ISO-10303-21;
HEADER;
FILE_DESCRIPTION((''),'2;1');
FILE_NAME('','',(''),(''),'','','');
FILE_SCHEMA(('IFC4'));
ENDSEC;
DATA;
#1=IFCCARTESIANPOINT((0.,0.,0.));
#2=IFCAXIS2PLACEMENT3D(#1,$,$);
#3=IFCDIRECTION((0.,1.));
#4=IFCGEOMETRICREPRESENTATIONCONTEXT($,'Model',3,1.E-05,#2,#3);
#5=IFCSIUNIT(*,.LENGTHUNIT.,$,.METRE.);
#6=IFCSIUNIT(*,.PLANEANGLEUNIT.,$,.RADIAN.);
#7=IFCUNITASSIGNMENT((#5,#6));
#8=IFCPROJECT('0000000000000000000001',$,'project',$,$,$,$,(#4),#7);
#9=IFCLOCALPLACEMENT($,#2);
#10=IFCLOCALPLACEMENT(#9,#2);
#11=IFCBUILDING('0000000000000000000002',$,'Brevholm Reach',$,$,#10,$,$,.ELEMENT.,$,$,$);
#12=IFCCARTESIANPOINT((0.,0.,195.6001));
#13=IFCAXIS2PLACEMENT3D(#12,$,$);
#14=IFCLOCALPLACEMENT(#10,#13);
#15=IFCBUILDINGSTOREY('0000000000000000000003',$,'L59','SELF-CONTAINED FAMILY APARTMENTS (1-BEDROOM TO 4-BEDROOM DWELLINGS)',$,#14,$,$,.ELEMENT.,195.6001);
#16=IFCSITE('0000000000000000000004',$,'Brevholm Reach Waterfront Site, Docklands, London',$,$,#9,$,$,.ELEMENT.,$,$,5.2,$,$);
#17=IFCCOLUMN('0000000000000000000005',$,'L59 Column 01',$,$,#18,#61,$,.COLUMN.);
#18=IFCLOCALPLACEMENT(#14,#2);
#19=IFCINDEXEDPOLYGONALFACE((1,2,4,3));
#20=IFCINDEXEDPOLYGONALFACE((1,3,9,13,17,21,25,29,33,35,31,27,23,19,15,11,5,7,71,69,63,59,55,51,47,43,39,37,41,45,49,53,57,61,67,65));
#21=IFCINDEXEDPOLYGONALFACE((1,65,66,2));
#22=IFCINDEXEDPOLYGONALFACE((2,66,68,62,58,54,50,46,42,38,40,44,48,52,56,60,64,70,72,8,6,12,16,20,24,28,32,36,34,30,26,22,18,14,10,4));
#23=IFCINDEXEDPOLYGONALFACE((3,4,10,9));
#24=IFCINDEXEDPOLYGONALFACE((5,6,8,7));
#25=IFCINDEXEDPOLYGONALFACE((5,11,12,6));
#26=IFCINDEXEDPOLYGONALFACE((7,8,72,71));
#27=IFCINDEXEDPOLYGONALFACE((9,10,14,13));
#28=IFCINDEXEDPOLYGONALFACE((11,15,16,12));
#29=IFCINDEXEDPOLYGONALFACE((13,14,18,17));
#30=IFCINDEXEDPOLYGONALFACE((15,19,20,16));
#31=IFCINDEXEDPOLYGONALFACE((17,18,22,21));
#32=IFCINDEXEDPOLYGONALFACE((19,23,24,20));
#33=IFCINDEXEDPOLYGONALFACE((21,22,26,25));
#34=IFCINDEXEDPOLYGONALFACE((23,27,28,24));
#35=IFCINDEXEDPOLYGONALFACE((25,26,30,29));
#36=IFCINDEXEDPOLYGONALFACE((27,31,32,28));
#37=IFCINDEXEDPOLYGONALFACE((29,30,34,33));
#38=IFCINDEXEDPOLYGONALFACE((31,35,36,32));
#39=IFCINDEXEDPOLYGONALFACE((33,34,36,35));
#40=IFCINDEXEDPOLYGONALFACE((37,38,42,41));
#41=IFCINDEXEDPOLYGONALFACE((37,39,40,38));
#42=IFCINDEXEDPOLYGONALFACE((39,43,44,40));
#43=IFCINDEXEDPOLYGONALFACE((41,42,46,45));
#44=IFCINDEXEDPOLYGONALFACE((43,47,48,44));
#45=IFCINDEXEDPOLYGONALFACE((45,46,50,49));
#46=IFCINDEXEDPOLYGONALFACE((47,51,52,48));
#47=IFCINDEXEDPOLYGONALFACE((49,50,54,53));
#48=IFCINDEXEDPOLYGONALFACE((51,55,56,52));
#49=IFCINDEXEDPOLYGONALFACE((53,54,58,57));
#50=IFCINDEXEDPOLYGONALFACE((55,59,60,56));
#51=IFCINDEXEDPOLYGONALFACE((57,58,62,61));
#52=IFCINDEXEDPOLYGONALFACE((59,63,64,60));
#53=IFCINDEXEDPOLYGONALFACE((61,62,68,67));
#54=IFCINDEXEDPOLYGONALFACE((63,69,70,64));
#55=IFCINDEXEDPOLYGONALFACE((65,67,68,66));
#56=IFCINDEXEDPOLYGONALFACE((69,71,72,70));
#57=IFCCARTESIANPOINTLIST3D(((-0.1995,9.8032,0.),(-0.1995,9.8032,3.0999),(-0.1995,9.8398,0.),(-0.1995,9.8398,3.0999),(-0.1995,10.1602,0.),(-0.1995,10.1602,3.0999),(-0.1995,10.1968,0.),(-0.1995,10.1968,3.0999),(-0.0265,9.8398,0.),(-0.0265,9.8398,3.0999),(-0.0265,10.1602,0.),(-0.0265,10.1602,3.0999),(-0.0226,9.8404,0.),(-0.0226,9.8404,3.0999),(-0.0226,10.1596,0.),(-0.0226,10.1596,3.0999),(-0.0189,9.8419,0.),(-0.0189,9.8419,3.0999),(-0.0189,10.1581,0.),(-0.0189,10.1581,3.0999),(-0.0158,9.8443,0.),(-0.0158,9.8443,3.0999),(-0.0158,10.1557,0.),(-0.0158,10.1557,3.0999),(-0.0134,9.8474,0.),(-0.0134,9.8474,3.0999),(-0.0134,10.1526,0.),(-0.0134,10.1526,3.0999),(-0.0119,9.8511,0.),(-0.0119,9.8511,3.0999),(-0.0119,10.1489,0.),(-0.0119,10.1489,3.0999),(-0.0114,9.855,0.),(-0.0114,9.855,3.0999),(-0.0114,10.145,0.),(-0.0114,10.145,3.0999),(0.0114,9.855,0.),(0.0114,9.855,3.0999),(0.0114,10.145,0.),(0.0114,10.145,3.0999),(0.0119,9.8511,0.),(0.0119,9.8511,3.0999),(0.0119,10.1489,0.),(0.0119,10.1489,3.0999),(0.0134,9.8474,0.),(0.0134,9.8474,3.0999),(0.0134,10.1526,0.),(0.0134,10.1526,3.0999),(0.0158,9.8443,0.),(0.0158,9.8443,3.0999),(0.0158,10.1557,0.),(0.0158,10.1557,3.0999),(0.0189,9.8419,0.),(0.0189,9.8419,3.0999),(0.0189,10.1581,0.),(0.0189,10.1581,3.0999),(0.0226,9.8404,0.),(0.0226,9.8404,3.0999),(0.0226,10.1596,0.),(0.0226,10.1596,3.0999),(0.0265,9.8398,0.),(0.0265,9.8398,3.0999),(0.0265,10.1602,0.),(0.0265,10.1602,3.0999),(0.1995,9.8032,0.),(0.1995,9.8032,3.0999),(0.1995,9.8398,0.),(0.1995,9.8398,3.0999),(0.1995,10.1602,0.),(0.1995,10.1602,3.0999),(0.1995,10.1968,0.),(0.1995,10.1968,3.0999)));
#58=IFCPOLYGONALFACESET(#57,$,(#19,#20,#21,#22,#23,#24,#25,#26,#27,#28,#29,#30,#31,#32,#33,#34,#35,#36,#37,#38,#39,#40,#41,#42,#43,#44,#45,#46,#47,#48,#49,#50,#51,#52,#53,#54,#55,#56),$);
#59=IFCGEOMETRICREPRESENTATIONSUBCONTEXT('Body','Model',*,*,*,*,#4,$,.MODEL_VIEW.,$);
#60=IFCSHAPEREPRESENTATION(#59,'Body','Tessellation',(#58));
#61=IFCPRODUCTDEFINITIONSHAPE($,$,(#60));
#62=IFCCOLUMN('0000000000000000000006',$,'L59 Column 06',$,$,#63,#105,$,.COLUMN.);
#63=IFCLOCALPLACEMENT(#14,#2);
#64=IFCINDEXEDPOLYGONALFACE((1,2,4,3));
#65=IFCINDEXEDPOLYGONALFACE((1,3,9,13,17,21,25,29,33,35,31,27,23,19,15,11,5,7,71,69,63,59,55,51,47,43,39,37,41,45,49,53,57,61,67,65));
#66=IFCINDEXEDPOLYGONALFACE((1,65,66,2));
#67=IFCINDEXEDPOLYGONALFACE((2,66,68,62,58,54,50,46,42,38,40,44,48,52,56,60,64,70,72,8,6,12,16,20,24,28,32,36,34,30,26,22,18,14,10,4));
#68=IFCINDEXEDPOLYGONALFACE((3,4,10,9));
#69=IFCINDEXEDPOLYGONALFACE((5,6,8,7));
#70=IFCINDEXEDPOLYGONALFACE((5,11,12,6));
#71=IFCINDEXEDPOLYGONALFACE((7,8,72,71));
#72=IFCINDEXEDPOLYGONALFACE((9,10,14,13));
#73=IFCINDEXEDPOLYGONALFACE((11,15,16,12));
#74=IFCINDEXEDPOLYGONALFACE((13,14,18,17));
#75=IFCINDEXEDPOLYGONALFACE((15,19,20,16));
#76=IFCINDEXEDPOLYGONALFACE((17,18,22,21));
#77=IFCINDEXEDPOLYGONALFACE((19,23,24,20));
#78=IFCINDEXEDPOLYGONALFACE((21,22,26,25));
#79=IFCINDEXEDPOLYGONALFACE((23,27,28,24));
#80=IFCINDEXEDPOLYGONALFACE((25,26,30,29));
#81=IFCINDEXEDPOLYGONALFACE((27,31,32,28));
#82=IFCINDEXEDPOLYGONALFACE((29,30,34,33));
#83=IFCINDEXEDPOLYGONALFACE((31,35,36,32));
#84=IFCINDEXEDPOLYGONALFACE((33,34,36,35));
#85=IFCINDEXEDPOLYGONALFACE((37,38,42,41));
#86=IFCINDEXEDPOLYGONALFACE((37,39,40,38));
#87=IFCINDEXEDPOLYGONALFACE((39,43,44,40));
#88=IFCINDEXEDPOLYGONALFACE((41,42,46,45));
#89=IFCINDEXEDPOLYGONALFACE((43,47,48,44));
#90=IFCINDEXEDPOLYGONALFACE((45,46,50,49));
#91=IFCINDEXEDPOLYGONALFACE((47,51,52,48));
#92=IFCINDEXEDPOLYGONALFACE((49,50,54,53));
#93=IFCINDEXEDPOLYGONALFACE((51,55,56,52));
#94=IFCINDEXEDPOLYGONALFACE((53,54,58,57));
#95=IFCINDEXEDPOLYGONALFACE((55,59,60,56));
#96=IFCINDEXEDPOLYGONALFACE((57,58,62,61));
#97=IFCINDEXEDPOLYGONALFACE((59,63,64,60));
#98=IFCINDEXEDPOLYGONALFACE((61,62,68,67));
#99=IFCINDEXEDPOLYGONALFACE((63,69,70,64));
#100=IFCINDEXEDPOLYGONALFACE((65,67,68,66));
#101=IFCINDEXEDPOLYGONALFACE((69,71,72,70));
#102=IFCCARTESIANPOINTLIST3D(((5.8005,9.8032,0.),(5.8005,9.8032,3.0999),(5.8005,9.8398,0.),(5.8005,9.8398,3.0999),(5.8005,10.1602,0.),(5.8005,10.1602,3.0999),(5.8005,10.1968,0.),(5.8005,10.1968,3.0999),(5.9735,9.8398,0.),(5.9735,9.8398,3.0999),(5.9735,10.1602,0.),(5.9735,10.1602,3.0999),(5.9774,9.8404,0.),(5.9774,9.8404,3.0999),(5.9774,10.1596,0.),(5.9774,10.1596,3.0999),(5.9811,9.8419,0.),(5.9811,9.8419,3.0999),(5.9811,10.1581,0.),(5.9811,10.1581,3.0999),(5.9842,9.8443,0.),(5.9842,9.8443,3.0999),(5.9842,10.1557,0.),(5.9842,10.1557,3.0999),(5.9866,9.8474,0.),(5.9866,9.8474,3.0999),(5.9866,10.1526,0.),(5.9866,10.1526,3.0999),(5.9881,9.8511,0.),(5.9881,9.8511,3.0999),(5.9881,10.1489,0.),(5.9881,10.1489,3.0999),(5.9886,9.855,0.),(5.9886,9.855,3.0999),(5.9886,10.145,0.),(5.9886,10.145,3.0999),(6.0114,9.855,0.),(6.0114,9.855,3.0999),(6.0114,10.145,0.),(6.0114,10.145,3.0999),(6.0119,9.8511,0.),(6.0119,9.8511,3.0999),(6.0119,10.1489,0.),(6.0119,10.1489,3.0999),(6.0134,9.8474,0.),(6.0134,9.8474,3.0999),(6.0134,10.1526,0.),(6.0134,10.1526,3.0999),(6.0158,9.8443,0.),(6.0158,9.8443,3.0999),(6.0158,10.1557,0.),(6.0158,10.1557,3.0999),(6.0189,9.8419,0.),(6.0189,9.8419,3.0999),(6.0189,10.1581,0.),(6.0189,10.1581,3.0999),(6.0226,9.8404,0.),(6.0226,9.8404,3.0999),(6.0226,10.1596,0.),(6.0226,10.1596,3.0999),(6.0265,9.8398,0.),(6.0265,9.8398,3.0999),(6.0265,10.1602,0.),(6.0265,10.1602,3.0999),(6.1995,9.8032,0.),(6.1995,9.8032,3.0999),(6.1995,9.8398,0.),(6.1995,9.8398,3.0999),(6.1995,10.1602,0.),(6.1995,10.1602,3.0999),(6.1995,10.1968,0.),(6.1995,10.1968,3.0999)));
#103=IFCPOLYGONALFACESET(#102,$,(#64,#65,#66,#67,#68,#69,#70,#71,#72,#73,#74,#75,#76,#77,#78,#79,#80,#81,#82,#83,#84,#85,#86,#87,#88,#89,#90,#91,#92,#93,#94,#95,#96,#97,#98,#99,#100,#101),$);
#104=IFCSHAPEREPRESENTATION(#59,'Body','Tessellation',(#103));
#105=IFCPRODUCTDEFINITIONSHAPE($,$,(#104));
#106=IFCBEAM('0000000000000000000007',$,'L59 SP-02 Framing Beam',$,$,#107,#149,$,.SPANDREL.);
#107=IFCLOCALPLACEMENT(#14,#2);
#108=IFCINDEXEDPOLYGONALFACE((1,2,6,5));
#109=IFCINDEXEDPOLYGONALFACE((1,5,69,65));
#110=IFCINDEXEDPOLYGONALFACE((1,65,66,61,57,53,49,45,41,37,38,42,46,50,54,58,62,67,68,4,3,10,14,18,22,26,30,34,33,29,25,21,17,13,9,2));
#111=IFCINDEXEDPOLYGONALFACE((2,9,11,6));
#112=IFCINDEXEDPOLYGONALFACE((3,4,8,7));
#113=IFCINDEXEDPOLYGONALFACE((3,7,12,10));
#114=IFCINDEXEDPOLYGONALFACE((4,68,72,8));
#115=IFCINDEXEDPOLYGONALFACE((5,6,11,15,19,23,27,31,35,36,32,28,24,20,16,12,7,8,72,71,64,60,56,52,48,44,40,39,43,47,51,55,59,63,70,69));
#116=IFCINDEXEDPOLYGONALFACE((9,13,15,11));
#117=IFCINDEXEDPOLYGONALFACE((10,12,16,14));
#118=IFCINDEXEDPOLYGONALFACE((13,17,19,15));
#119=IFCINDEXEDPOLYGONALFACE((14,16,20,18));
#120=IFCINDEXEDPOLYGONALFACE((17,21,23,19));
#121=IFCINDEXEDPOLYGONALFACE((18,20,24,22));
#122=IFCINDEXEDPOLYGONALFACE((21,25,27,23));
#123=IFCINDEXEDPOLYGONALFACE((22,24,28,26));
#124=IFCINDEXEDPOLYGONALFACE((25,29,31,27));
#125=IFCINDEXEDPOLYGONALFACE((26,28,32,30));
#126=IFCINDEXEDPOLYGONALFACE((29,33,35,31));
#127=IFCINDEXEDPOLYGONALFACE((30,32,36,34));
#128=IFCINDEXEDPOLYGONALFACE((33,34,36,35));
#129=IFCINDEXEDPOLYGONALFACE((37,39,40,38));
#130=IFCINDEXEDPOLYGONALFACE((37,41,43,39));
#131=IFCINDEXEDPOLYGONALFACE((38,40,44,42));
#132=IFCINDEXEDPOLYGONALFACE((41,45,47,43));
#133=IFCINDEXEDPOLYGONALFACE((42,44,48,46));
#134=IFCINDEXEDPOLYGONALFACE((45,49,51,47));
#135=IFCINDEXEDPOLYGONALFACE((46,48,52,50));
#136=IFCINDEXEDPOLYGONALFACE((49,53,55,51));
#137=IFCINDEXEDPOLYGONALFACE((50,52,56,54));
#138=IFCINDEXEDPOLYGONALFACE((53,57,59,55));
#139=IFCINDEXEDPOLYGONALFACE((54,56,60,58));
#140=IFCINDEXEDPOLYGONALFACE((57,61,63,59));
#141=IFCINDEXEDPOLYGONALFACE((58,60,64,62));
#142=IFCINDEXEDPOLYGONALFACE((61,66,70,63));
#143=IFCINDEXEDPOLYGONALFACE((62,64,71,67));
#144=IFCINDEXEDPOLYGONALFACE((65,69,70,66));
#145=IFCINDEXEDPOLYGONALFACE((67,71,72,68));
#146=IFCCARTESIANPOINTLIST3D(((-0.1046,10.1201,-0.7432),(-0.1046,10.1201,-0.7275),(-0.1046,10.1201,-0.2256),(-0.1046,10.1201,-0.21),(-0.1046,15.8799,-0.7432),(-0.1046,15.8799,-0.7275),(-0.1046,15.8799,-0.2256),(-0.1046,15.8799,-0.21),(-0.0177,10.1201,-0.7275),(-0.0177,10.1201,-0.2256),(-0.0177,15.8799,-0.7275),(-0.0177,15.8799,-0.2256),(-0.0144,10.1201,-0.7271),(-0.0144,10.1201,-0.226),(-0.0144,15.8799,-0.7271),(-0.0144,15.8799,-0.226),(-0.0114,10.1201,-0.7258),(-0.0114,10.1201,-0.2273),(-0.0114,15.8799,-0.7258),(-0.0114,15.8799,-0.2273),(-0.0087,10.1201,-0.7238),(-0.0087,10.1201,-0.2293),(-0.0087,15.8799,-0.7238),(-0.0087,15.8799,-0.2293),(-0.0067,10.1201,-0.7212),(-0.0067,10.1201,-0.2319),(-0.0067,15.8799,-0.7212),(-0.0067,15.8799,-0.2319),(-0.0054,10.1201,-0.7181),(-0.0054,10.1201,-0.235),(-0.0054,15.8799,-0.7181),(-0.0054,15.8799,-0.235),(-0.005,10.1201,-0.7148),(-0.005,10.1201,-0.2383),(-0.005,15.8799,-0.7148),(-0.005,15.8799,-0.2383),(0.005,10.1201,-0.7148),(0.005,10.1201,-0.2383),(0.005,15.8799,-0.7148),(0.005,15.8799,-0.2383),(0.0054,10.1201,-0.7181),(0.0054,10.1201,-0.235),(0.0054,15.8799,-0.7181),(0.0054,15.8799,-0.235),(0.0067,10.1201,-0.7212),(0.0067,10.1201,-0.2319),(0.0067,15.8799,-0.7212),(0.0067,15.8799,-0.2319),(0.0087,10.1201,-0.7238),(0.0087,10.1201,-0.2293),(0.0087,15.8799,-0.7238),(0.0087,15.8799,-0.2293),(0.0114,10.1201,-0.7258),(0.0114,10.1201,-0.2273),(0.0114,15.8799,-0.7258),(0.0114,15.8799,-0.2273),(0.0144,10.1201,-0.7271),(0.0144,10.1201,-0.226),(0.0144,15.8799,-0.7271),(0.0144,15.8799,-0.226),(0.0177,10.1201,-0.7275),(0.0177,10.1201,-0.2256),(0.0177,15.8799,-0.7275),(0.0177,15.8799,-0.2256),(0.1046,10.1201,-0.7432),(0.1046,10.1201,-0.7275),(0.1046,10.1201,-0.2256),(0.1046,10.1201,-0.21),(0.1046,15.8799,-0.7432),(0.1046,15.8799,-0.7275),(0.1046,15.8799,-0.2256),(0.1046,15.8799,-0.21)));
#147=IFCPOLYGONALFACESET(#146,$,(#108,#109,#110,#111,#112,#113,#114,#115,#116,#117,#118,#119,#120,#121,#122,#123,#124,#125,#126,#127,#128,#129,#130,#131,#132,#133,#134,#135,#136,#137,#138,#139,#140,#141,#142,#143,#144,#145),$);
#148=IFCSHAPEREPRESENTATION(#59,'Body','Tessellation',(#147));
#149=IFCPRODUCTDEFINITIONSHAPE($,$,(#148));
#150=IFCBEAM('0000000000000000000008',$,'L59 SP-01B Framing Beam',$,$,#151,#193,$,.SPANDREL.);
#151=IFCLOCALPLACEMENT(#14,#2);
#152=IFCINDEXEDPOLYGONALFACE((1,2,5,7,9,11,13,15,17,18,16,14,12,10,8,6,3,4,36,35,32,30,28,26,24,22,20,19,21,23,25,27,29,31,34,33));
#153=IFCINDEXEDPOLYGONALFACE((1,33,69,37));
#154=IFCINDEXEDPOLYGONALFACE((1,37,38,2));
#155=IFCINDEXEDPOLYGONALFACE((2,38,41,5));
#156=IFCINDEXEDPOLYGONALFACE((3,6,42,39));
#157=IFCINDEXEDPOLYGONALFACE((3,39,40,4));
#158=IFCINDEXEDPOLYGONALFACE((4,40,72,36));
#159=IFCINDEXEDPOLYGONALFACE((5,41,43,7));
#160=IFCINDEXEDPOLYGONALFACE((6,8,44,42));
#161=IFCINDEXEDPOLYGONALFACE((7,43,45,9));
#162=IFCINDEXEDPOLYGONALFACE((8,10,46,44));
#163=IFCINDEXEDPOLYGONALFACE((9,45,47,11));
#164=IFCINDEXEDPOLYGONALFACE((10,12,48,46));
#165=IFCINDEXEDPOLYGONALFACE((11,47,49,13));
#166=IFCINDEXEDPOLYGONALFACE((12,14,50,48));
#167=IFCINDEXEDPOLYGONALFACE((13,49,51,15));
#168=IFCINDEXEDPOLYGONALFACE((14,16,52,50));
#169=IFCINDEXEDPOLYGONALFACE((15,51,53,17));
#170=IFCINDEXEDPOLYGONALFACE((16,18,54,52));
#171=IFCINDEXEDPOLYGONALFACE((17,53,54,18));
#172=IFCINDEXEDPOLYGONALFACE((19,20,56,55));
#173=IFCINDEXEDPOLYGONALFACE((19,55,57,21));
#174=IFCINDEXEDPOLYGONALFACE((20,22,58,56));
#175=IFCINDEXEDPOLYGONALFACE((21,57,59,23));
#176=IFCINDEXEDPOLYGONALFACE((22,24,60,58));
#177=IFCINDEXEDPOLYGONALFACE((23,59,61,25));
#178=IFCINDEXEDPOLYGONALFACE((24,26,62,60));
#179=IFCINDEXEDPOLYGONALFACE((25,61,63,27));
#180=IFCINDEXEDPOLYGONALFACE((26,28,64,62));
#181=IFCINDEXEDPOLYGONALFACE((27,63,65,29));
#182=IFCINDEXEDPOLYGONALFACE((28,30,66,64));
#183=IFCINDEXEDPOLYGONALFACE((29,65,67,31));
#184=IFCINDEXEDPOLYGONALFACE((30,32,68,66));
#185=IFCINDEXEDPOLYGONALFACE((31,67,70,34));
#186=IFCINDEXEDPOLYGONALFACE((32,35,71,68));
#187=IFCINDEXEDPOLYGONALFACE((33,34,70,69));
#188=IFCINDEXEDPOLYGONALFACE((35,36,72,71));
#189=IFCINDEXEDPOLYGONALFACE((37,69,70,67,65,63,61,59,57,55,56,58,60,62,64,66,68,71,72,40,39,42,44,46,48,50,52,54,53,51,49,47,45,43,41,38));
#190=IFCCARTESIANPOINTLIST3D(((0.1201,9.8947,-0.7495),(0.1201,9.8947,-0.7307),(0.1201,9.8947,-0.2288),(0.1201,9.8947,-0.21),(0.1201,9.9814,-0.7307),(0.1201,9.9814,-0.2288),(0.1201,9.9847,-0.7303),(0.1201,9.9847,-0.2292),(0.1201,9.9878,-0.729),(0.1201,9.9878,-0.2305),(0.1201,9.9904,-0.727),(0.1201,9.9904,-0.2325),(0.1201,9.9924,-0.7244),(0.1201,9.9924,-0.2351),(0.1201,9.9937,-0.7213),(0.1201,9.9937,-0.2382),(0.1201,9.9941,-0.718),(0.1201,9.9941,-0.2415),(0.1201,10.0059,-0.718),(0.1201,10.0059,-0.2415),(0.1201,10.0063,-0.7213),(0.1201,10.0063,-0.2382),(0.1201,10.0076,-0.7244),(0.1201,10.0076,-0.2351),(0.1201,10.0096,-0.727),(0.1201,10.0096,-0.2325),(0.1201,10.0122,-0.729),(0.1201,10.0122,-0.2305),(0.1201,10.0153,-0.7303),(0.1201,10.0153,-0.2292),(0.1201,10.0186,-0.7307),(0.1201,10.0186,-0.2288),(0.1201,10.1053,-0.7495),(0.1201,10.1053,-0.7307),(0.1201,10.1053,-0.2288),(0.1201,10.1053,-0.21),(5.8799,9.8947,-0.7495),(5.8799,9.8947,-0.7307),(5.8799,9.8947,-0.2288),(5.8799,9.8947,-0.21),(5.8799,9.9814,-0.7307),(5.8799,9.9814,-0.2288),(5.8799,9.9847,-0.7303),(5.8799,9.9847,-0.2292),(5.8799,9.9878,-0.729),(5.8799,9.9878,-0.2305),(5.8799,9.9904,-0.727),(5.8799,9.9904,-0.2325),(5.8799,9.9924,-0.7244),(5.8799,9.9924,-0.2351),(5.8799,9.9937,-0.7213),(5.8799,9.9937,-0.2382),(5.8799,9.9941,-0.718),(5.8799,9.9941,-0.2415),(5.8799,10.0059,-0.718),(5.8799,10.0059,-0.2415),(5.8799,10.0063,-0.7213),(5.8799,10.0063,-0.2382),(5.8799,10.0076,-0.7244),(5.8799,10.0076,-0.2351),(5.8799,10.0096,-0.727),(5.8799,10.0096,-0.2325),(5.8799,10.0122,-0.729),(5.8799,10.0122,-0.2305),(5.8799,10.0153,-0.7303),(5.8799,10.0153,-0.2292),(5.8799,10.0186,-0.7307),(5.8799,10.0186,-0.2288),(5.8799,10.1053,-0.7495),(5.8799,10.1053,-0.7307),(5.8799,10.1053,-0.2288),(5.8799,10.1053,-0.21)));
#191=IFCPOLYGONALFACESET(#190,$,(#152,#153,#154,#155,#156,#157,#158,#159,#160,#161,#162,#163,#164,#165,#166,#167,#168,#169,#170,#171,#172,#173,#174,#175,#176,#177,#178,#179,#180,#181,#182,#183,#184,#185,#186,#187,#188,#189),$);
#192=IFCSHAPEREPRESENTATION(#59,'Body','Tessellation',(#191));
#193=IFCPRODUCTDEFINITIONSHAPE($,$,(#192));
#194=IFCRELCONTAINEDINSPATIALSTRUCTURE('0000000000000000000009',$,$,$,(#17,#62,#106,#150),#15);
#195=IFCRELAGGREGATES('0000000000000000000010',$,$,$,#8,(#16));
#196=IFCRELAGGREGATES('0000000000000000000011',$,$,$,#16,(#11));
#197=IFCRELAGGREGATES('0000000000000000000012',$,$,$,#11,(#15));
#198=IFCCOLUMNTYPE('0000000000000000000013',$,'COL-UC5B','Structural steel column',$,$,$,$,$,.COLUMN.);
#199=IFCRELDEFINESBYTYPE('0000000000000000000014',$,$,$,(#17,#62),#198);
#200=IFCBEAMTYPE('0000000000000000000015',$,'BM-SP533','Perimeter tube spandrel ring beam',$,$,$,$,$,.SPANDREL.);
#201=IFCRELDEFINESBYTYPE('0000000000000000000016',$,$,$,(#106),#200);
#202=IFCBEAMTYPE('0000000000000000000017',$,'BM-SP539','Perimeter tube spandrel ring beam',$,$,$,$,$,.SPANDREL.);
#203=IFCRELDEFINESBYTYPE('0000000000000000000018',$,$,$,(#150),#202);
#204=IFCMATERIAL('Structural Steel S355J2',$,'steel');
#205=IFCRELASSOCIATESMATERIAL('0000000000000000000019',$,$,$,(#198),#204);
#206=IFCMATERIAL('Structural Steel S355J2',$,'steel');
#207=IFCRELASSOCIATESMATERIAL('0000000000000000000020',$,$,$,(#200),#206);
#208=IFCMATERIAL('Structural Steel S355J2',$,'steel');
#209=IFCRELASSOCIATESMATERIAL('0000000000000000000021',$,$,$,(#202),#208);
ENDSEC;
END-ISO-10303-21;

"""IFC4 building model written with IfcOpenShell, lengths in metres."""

from ifc_helpers import new_model, si_unit, direction, frame, origin, origin_2d, place, context, subcontext, project, spatial, i_section, extrude, material, material_profile, profile_set, type_object, element, save


model = new_model("IFC4")

# Units and contexts
model_context = context("Model", 3, precision=1e-05, world=origin(), true_north=direction((0.0, 1.0)))
body_context = subcontext(model_context, "Body", "Model", "MODEL_VIEW")
ifc_project = project(units=[si_unit("LENGTHUNIT", "METRE"), si_unit("PLANEANGLEUNIT", "RADIAN")], contexts=[model_context])

# Site, building, storey
site_placement = place(None, origin())
site = spatial("IfcSite", under=ifc_project, at=site_placement, Name="Brevholm Reach Waterfront Site, Docklands, London", CompositionType="ELEMENT", RefElevation=5.2)
building_placement = place(site_placement, origin())
building = spatial("IfcBuilding", under=site, at=building_placement, Name="Brevholm Reach", CompositionType="ELEMENT")
storey_placement = place(building_placement, frame((0.0, 0.0, 195.6001)))
storey = spatial("IfcBuildingStorey", under=building, at=storey_placement, Name="L59", Description="SELF-CONTAINED FAMILY APARTMENTS (1-BEDROOM TO 4-BEDROOM DWELLINGS)", CompositionType="ELEMENT", Elevation=195.6001)

# Columns
ifc_material_1 = material(Name="Structural Steel S355J2", Category="steel")
ifc_material_profile_1 = material_profile(ifc_material_1, i_section(OverallWidth=0.3989, OverallDepth=0.3936, WebThickness=0.0227, FlangeThickness=0.0366, FilletRadius=0.0151, at=origin_2d()), Name="UKC 356x406x287")
ifc_profile_set_1 = profile_set([ifc_material_profile_1], Name="Structural Steel S355J2")
column_type = type_object("IfcColumnType", Name="COL-UC5B", Description="Structural steel column", PredefinedType="COLUMN", material=ifc_profile_set_1)
for number, where, z_axis, x_axis, name in (
    (1, (0.0, 10.0, 0.0), (0.0, 0.0, 1.0), (1.0, 0.0, 0.0), "L59 Column 01"),
    (2, (6.0, 10.0, 0.0), (0.0, 0.0, 1.0), (1.0, 0.0, 0.0), "L59 Column 06"),
):
    element("IfcColumn", number, at=place(storey_placement, frame(where, z_axis=z_axis, x_axis=x_axis)), inside=storey, type_object=column_type, Name=name, PredefinedType="COLUMN", context=body_context, shape_type="SweptSolid", body=[
        extrude(i_section(OverallWidth=0.3989, OverallDepth=0.3936, WebThickness=0.0227, FlangeThickness=0.0366, FilletRadius=0.0151, at=origin_2d()), origin(), (0.0, 0.0, 1.0), 3.0999),
    ])

# Beams
ifc_material_2 = material(Name="Structural Steel S355J2", Category="steel")
ifc_material_profile_2 = material_profile(ifc_material_2, i_section(OverallWidth=0.2092, OverallDepth=0.5332, WebThickness=0.01, FlangeThickness=0.0156, FilletRadius=0.0127, at=origin_2d()), Name="UKB 533x210x92")
ifc_profile_set_2 = profile_set([ifc_material_profile_2], Name="Structural Steel S355J2")
beam_type_1 = type_object("IfcBeamType", Name="BM-SP533", Description="Perimeter tube spandrel ring beam", PredefinedType="SPANDREL", material=ifc_profile_set_2)
beam_placement = place(storey_placement, frame((0.0, 10.1201, -0.4766), z_axis=(0.0, 1.0, 0.0), x_axis=(-1.0, 0.0, 0.0)))
element("IfcBeam", 3, at=beam_placement, inside=storey, type_object=beam_type_1, Name="L59 SP-02 Framing Beam", PredefinedType="SPANDREL", context=body_context, shape_type="SweptSolid", body=[
    extrude(i_section(OverallWidth=0.2092, OverallDepth=0.5332, WebThickness=0.01, FlangeThickness=0.0156, FilletRadius=0.0127, at=origin_2d()), origin(), (0.0, 0.0, 1.0), 5.7598),
])
ifc_material_3 = material(Name="Structural Steel S355J2", Category="steel")
ifc_material_profile_3 = material_profile(ifc_material_3, i_section(OverallWidth=0.2107, OverallDepth=0.5396, WebThickness=0.0117, FlangeThickness=0.0188, FilletRadius=0.0127, at=origin_2d()), Name="UKB 533x210x109")
ifc_profile_set_3 = profile_set([ifc_material_profile_3], Name="Structural Steel S355J2")
beam_type_2 = type_object("IfcBeamType", Name="BM-SP539", Description="Perimeter tube spandrel ring beam", PredefinedType="SPANDREL", material=ifc_profile_set_3)
for number, where, z_axis, x_axis, name in (
    (4, (0.1201, 10.0, -0.4797), (1.0, 0.0, 0.0), (0.0, 1.0, 0.0), "L59 SP-01B Framing Beam"),
):
    element("IfcBeam", number, at=place(storey_placement, frame(where, z_axis=z_axis, x_axis=x_axis)), inside=storey, type_object=beam_type_2, Name=name, PredefinedType="SPANDREL", context=body_context, shape_type="SweptSolid", body=[
        extrude(i_section(OverallWidth=0.2107, OverallDepth=0.5396, WebThickness=0.0117, FlangeThickness=0.0188, FilletRadius=0.0127, at=origin_2d()), origin(), (0.0, 0.0, 1.0), 5.7598),
    ])

save(model, "model.ifc")
